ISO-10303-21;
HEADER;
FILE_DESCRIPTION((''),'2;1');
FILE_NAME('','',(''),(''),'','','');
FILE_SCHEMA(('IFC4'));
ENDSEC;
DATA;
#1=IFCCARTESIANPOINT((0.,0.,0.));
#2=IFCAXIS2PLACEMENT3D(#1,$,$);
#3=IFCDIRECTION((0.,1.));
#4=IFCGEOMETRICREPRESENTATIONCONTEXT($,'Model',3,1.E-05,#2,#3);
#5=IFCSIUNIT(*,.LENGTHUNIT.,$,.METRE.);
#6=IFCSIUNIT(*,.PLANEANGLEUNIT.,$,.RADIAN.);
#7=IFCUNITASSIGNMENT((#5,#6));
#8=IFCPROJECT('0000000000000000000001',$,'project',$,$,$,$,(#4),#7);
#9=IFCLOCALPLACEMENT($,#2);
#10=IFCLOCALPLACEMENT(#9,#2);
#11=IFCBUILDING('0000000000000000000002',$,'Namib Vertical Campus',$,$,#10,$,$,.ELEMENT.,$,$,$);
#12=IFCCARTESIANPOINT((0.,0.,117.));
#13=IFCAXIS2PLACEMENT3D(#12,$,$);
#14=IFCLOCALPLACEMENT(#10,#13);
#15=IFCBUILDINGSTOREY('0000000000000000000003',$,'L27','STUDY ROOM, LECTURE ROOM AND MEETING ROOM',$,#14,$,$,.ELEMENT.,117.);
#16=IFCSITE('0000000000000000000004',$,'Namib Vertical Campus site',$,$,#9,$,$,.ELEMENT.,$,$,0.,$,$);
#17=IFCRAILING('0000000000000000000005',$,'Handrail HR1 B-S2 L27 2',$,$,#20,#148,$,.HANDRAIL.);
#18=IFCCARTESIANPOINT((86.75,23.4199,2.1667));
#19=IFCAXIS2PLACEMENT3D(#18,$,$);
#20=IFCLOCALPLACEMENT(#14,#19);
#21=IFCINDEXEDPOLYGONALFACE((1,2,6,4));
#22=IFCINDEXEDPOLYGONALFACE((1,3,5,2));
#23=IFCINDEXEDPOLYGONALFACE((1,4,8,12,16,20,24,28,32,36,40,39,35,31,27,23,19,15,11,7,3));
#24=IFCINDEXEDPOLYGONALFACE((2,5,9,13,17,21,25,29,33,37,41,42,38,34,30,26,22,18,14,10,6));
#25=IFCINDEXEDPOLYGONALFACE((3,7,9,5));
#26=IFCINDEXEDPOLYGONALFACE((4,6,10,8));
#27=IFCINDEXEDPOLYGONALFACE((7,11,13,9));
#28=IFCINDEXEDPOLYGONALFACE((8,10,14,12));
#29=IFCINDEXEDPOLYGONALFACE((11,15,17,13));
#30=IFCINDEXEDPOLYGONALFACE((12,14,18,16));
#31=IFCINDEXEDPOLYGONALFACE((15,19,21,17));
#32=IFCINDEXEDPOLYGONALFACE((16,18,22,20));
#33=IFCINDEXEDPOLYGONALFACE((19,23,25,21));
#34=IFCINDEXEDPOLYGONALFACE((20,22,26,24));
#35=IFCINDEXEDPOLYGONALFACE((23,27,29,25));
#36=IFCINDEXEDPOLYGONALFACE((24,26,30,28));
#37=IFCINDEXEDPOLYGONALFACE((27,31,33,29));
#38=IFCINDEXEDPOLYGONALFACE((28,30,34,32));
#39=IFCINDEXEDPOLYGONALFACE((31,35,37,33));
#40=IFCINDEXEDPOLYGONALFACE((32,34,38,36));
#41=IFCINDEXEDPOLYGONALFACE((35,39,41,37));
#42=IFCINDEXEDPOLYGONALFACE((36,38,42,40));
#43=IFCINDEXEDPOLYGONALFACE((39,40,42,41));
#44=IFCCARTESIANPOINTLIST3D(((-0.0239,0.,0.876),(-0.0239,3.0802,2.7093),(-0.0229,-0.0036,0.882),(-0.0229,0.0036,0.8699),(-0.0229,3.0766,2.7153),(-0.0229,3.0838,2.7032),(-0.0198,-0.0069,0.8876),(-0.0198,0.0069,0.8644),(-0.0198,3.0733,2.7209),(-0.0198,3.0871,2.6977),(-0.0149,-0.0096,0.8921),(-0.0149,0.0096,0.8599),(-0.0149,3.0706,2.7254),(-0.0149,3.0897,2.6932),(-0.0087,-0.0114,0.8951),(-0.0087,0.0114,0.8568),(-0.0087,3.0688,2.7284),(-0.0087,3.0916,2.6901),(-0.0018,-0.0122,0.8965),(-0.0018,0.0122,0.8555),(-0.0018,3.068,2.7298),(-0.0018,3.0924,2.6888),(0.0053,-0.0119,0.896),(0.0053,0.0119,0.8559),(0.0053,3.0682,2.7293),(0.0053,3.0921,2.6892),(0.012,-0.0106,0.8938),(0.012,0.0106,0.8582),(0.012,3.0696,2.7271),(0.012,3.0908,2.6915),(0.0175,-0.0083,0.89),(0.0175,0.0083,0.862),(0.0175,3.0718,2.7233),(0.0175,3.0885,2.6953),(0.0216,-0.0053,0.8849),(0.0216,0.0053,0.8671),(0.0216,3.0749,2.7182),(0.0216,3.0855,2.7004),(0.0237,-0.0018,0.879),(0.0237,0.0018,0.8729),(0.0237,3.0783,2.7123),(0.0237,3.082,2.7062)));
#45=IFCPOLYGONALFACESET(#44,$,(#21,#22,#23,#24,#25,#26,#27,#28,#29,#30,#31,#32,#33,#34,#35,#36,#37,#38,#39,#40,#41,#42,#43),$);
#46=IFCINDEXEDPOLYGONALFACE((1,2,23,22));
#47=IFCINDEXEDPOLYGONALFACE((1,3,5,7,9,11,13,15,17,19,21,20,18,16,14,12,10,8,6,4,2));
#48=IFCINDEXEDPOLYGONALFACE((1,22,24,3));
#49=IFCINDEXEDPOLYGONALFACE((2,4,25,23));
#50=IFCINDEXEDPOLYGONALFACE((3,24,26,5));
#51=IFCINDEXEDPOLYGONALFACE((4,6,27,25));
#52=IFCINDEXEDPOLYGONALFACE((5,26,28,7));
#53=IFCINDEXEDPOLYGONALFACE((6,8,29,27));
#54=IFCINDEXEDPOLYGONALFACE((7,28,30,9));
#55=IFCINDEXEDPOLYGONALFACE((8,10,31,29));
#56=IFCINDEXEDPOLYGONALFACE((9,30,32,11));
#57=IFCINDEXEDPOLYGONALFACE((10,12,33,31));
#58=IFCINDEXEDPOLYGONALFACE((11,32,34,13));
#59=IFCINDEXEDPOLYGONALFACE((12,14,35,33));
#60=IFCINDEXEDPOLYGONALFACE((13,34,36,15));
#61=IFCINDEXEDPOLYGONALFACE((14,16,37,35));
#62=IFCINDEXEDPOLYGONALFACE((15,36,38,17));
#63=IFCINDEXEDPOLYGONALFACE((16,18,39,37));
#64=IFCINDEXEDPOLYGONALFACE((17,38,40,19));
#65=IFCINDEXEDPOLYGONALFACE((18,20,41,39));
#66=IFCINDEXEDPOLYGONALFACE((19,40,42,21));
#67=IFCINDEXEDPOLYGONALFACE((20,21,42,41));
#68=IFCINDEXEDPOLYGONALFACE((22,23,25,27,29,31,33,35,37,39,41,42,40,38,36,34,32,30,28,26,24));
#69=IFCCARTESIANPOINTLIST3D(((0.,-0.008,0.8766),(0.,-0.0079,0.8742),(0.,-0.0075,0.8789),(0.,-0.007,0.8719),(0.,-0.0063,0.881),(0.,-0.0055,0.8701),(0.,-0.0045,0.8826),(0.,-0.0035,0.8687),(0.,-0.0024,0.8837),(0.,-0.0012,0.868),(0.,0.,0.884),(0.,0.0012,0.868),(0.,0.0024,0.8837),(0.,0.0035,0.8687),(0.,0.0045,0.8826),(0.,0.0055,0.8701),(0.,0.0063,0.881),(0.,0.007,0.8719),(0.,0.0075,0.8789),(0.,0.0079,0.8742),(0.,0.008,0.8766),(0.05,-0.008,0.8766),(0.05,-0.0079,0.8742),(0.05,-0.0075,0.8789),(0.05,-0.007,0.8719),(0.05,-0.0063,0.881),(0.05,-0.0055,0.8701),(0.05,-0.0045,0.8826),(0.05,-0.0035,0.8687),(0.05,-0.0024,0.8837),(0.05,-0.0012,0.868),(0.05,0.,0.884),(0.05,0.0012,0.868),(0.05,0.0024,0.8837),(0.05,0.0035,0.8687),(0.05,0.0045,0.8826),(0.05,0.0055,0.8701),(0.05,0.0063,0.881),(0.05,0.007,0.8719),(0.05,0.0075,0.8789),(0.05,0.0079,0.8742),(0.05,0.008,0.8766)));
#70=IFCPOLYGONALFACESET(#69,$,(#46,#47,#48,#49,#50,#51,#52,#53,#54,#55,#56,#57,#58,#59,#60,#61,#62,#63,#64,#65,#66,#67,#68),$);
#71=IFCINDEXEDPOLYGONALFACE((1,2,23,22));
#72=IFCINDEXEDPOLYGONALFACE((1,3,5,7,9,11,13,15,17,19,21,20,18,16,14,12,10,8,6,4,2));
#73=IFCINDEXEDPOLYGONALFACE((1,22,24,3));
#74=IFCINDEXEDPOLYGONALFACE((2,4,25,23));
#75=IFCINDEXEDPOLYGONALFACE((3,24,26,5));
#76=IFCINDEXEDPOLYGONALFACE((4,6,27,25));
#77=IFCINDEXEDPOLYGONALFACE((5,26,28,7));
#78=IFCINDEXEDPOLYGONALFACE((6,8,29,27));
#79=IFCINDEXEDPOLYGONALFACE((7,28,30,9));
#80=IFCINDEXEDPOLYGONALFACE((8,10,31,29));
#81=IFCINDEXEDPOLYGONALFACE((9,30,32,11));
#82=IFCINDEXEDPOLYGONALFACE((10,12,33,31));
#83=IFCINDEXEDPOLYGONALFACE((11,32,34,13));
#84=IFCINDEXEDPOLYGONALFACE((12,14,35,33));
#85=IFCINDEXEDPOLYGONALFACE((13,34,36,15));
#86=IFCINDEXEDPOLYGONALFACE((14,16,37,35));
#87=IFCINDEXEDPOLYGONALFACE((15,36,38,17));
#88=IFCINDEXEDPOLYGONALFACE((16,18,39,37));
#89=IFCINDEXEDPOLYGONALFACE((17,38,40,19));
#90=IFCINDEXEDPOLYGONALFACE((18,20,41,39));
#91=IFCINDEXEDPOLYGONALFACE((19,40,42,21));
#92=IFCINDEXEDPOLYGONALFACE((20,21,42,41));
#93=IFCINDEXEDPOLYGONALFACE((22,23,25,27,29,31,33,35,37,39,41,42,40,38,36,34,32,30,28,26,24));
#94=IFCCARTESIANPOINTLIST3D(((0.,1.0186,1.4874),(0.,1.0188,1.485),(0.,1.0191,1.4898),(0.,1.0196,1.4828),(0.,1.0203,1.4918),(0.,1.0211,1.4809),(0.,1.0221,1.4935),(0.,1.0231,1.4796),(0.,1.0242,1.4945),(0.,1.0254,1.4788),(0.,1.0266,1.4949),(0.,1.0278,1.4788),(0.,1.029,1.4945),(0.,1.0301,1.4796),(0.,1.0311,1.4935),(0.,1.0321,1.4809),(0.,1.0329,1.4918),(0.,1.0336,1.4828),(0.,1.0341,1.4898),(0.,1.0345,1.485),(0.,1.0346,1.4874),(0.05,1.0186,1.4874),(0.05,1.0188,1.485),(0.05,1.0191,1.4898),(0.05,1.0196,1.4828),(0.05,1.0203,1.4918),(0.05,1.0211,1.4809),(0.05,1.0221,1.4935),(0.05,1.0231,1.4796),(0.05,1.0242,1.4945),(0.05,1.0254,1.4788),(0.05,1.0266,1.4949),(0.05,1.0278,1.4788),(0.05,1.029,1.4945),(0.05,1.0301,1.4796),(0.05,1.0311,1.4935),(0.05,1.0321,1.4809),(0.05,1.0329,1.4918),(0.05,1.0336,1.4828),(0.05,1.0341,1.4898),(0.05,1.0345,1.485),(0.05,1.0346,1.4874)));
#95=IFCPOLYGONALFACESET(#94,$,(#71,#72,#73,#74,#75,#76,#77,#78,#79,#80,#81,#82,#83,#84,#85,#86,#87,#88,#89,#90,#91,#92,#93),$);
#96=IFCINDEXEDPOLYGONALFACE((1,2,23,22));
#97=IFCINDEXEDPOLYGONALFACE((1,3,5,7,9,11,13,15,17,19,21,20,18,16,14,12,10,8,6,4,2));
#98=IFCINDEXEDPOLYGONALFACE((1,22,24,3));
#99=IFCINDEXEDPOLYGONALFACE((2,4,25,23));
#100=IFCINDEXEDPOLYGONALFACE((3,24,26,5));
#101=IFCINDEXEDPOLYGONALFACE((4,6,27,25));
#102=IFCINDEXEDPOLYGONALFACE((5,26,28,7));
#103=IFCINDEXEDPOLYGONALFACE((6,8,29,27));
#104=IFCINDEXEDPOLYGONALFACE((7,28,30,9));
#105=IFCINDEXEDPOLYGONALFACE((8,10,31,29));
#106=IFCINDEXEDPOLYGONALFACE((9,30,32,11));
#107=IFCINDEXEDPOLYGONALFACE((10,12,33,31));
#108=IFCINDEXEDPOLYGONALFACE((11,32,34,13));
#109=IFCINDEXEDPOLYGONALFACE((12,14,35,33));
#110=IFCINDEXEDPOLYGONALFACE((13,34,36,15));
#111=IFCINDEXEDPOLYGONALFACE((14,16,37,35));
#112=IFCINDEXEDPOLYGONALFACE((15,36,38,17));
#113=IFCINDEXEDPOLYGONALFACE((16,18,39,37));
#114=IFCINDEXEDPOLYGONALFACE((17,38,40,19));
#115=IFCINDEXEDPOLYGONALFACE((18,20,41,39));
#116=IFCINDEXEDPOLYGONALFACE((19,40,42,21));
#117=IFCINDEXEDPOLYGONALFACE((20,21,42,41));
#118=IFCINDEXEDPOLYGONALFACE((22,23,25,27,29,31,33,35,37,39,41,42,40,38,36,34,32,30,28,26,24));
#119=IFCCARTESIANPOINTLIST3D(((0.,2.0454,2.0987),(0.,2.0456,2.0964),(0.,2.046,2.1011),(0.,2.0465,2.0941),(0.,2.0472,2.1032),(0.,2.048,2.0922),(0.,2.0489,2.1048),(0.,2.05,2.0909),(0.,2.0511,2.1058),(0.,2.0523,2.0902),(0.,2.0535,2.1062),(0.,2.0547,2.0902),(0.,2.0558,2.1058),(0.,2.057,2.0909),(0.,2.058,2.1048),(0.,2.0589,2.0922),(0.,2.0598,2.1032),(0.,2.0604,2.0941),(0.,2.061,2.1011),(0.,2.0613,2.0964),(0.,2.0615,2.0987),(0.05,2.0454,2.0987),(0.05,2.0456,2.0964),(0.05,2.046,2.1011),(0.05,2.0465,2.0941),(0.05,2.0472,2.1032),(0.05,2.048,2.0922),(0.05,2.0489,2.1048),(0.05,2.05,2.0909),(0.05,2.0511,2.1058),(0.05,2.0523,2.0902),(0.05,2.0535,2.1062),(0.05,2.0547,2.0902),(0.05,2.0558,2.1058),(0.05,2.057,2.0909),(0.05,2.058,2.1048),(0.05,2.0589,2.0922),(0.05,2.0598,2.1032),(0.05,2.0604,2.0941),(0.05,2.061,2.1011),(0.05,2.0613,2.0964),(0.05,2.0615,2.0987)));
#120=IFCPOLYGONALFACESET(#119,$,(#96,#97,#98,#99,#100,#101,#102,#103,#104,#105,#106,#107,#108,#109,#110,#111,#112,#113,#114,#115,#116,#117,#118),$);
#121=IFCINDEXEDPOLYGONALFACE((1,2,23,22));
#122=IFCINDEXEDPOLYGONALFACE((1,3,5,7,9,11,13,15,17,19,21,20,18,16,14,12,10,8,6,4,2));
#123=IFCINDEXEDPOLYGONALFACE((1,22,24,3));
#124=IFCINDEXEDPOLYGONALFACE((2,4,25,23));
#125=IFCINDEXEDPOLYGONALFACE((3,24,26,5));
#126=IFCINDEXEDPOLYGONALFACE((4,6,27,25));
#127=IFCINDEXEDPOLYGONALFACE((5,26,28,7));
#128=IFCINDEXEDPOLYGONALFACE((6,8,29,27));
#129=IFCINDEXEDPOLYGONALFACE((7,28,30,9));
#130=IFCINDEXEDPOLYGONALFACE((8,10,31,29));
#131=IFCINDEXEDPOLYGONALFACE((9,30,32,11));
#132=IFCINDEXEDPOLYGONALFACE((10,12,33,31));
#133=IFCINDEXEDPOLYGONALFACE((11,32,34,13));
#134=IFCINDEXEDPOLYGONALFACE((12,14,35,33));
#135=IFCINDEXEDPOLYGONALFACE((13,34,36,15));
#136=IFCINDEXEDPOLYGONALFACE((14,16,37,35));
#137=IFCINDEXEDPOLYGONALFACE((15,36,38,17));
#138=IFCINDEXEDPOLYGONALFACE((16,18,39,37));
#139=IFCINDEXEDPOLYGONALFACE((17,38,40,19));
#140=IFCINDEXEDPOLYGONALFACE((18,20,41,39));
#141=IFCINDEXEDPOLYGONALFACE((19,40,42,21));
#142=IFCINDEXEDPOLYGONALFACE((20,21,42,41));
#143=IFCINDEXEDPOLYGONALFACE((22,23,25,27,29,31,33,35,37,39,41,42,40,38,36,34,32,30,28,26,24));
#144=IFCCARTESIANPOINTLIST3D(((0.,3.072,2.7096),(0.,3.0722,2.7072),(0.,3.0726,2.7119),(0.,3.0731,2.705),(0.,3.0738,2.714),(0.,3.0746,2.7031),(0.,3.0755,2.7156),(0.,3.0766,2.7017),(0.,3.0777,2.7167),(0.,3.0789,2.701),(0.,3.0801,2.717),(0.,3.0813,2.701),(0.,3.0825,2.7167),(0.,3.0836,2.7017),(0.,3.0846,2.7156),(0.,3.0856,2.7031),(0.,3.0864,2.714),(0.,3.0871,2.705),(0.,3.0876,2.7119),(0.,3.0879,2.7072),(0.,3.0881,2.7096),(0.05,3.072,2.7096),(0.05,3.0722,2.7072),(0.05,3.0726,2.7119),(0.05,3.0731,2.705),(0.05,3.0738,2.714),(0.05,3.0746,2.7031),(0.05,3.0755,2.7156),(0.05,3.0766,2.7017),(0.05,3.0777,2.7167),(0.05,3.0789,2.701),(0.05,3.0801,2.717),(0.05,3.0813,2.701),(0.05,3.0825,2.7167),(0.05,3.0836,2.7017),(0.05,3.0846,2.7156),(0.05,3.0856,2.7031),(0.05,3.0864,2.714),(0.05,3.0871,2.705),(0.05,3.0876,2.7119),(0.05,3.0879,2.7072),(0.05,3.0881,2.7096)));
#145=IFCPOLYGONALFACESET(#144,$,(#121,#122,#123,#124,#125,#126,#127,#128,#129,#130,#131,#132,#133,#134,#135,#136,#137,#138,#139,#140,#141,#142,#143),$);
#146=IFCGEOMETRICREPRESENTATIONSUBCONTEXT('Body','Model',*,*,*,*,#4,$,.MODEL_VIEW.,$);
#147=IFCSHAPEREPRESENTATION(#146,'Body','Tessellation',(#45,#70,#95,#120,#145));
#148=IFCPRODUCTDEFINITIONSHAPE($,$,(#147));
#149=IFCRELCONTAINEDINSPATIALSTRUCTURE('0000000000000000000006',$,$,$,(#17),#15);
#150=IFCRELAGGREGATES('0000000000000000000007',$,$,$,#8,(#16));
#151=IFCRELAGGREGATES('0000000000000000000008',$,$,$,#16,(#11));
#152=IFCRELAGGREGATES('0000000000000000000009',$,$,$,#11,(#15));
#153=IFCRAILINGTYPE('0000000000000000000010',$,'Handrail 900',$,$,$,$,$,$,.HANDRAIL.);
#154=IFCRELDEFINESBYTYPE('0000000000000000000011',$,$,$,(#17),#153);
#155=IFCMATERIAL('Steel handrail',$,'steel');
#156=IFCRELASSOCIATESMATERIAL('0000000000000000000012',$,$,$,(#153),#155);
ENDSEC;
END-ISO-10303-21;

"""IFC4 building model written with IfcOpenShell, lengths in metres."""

from ifc_helpers import new_model, si_unit, direction, frame, origin, origin_2d, place, context, subcontext, project, spatial, circle, extrude, material, type_object, element, save


model = new_model("IFC4")

# Units and contexts
model_context = context("Model", 3, precision=1e-05, world=origin(), true_north=direction((0.0, 1.0)))
body_context = subcontext(model_context, "Body", "Model", "MODEL_VIEW")
ifc_project = project(units=[si_unit("LENGTHUNIT", "METRE"), si_unit("PLANEANGLEUNIT", "RADIAN")], contexts=[model_context])

# Site, building, storey
site_placement = place(None, origin())
site = spatial("IfcSite", under=ifc_project, at=site_placement, Name="Namib Vertical Campus site", CompositionType="ELEMENT", RefElevation=0.0)
building_placement = place(site_placement, origin())
building = spatial("IfcBuilding", under=site, at=building_placement, Name="Namib Vertical Campus", CompositionType="ELEMENT")
storey_placement = place(building_placement, frame((0.0, 0.0, 117.0)))
storey = spatial("IfcBuildingStorey", under=building, at=storey_placement, Name="L27", Description="STUDY ROOM, LECTURE ROOM AND MEETING ROOM", CompositionType="ELEMENT", Elevation=117.0)

# Railing
ifc_material_1 = material(Name="Steel handrail", Category="steel")
railing_type_1 = type_object("IfcRailingType", Name="Handrail 900", PredefinedType="HANDRAIL", material=ifc_material_1)
railing_1_placement = place(storey_placement, frame((86.75, 23.4199, 2.1667)))
element("IfcRailing", 1, at=railing_1_placement, inside=storey, type_object=railing_type_1, Name="Handrail HR1 B-S2 L27 2", PredefinedType="HANDRAIL", context=body_context, shape_type="SweptSolid", body=[
    extrude(circle(Radius=0.0239, at=origin_2d()), frame((0.0, 0.0, 0.876), z_axis=(0.0, 0.859309, 0.511458), x_axis=(-1.0, 0.0, 0.0)), (0.0, 0.0, 1.0), 3.5845),
    extrude(circle(Radius=0.0081, at=origin_2d()), frame((0.0, 0.0, 0.876), z_axis=(1.0, 0.0, 0.0), x_axis=(0.0, 0.0, 1.0)), (0.0, 0.0, 1.0), 0.05),
    extrude(circle(Radius=0.0081, at=origin_2d()), frame((0.0, 1.0266, 1.4868), z_axis=(1.0, 0.0, 0.0), x_axis=(0.0, 0.0, 1.0)), (0.0, 0.0, 1.0), 0.05),
    extrude(circle(Radius=0.0081, at=origin_2d()), frame((0.0, 2.0535, 2.0981), z_axis=(1.0, 0.0, 0.0), x_axis=(0.0, 0.0, 1.0)), (0.0, 0.0, 1.0), 0.05),
    extrude(circle(Radius=0.0081, at=origin_2d()), frame((0.0, 3.0801, 2.709), z_axis=(1.0, 0.0, 0.0), x_axis=(0.0, 0.0, 1.0)), (0.0, 0.0, 1.0), 0.05),
])

save(model, "model.ifc")
